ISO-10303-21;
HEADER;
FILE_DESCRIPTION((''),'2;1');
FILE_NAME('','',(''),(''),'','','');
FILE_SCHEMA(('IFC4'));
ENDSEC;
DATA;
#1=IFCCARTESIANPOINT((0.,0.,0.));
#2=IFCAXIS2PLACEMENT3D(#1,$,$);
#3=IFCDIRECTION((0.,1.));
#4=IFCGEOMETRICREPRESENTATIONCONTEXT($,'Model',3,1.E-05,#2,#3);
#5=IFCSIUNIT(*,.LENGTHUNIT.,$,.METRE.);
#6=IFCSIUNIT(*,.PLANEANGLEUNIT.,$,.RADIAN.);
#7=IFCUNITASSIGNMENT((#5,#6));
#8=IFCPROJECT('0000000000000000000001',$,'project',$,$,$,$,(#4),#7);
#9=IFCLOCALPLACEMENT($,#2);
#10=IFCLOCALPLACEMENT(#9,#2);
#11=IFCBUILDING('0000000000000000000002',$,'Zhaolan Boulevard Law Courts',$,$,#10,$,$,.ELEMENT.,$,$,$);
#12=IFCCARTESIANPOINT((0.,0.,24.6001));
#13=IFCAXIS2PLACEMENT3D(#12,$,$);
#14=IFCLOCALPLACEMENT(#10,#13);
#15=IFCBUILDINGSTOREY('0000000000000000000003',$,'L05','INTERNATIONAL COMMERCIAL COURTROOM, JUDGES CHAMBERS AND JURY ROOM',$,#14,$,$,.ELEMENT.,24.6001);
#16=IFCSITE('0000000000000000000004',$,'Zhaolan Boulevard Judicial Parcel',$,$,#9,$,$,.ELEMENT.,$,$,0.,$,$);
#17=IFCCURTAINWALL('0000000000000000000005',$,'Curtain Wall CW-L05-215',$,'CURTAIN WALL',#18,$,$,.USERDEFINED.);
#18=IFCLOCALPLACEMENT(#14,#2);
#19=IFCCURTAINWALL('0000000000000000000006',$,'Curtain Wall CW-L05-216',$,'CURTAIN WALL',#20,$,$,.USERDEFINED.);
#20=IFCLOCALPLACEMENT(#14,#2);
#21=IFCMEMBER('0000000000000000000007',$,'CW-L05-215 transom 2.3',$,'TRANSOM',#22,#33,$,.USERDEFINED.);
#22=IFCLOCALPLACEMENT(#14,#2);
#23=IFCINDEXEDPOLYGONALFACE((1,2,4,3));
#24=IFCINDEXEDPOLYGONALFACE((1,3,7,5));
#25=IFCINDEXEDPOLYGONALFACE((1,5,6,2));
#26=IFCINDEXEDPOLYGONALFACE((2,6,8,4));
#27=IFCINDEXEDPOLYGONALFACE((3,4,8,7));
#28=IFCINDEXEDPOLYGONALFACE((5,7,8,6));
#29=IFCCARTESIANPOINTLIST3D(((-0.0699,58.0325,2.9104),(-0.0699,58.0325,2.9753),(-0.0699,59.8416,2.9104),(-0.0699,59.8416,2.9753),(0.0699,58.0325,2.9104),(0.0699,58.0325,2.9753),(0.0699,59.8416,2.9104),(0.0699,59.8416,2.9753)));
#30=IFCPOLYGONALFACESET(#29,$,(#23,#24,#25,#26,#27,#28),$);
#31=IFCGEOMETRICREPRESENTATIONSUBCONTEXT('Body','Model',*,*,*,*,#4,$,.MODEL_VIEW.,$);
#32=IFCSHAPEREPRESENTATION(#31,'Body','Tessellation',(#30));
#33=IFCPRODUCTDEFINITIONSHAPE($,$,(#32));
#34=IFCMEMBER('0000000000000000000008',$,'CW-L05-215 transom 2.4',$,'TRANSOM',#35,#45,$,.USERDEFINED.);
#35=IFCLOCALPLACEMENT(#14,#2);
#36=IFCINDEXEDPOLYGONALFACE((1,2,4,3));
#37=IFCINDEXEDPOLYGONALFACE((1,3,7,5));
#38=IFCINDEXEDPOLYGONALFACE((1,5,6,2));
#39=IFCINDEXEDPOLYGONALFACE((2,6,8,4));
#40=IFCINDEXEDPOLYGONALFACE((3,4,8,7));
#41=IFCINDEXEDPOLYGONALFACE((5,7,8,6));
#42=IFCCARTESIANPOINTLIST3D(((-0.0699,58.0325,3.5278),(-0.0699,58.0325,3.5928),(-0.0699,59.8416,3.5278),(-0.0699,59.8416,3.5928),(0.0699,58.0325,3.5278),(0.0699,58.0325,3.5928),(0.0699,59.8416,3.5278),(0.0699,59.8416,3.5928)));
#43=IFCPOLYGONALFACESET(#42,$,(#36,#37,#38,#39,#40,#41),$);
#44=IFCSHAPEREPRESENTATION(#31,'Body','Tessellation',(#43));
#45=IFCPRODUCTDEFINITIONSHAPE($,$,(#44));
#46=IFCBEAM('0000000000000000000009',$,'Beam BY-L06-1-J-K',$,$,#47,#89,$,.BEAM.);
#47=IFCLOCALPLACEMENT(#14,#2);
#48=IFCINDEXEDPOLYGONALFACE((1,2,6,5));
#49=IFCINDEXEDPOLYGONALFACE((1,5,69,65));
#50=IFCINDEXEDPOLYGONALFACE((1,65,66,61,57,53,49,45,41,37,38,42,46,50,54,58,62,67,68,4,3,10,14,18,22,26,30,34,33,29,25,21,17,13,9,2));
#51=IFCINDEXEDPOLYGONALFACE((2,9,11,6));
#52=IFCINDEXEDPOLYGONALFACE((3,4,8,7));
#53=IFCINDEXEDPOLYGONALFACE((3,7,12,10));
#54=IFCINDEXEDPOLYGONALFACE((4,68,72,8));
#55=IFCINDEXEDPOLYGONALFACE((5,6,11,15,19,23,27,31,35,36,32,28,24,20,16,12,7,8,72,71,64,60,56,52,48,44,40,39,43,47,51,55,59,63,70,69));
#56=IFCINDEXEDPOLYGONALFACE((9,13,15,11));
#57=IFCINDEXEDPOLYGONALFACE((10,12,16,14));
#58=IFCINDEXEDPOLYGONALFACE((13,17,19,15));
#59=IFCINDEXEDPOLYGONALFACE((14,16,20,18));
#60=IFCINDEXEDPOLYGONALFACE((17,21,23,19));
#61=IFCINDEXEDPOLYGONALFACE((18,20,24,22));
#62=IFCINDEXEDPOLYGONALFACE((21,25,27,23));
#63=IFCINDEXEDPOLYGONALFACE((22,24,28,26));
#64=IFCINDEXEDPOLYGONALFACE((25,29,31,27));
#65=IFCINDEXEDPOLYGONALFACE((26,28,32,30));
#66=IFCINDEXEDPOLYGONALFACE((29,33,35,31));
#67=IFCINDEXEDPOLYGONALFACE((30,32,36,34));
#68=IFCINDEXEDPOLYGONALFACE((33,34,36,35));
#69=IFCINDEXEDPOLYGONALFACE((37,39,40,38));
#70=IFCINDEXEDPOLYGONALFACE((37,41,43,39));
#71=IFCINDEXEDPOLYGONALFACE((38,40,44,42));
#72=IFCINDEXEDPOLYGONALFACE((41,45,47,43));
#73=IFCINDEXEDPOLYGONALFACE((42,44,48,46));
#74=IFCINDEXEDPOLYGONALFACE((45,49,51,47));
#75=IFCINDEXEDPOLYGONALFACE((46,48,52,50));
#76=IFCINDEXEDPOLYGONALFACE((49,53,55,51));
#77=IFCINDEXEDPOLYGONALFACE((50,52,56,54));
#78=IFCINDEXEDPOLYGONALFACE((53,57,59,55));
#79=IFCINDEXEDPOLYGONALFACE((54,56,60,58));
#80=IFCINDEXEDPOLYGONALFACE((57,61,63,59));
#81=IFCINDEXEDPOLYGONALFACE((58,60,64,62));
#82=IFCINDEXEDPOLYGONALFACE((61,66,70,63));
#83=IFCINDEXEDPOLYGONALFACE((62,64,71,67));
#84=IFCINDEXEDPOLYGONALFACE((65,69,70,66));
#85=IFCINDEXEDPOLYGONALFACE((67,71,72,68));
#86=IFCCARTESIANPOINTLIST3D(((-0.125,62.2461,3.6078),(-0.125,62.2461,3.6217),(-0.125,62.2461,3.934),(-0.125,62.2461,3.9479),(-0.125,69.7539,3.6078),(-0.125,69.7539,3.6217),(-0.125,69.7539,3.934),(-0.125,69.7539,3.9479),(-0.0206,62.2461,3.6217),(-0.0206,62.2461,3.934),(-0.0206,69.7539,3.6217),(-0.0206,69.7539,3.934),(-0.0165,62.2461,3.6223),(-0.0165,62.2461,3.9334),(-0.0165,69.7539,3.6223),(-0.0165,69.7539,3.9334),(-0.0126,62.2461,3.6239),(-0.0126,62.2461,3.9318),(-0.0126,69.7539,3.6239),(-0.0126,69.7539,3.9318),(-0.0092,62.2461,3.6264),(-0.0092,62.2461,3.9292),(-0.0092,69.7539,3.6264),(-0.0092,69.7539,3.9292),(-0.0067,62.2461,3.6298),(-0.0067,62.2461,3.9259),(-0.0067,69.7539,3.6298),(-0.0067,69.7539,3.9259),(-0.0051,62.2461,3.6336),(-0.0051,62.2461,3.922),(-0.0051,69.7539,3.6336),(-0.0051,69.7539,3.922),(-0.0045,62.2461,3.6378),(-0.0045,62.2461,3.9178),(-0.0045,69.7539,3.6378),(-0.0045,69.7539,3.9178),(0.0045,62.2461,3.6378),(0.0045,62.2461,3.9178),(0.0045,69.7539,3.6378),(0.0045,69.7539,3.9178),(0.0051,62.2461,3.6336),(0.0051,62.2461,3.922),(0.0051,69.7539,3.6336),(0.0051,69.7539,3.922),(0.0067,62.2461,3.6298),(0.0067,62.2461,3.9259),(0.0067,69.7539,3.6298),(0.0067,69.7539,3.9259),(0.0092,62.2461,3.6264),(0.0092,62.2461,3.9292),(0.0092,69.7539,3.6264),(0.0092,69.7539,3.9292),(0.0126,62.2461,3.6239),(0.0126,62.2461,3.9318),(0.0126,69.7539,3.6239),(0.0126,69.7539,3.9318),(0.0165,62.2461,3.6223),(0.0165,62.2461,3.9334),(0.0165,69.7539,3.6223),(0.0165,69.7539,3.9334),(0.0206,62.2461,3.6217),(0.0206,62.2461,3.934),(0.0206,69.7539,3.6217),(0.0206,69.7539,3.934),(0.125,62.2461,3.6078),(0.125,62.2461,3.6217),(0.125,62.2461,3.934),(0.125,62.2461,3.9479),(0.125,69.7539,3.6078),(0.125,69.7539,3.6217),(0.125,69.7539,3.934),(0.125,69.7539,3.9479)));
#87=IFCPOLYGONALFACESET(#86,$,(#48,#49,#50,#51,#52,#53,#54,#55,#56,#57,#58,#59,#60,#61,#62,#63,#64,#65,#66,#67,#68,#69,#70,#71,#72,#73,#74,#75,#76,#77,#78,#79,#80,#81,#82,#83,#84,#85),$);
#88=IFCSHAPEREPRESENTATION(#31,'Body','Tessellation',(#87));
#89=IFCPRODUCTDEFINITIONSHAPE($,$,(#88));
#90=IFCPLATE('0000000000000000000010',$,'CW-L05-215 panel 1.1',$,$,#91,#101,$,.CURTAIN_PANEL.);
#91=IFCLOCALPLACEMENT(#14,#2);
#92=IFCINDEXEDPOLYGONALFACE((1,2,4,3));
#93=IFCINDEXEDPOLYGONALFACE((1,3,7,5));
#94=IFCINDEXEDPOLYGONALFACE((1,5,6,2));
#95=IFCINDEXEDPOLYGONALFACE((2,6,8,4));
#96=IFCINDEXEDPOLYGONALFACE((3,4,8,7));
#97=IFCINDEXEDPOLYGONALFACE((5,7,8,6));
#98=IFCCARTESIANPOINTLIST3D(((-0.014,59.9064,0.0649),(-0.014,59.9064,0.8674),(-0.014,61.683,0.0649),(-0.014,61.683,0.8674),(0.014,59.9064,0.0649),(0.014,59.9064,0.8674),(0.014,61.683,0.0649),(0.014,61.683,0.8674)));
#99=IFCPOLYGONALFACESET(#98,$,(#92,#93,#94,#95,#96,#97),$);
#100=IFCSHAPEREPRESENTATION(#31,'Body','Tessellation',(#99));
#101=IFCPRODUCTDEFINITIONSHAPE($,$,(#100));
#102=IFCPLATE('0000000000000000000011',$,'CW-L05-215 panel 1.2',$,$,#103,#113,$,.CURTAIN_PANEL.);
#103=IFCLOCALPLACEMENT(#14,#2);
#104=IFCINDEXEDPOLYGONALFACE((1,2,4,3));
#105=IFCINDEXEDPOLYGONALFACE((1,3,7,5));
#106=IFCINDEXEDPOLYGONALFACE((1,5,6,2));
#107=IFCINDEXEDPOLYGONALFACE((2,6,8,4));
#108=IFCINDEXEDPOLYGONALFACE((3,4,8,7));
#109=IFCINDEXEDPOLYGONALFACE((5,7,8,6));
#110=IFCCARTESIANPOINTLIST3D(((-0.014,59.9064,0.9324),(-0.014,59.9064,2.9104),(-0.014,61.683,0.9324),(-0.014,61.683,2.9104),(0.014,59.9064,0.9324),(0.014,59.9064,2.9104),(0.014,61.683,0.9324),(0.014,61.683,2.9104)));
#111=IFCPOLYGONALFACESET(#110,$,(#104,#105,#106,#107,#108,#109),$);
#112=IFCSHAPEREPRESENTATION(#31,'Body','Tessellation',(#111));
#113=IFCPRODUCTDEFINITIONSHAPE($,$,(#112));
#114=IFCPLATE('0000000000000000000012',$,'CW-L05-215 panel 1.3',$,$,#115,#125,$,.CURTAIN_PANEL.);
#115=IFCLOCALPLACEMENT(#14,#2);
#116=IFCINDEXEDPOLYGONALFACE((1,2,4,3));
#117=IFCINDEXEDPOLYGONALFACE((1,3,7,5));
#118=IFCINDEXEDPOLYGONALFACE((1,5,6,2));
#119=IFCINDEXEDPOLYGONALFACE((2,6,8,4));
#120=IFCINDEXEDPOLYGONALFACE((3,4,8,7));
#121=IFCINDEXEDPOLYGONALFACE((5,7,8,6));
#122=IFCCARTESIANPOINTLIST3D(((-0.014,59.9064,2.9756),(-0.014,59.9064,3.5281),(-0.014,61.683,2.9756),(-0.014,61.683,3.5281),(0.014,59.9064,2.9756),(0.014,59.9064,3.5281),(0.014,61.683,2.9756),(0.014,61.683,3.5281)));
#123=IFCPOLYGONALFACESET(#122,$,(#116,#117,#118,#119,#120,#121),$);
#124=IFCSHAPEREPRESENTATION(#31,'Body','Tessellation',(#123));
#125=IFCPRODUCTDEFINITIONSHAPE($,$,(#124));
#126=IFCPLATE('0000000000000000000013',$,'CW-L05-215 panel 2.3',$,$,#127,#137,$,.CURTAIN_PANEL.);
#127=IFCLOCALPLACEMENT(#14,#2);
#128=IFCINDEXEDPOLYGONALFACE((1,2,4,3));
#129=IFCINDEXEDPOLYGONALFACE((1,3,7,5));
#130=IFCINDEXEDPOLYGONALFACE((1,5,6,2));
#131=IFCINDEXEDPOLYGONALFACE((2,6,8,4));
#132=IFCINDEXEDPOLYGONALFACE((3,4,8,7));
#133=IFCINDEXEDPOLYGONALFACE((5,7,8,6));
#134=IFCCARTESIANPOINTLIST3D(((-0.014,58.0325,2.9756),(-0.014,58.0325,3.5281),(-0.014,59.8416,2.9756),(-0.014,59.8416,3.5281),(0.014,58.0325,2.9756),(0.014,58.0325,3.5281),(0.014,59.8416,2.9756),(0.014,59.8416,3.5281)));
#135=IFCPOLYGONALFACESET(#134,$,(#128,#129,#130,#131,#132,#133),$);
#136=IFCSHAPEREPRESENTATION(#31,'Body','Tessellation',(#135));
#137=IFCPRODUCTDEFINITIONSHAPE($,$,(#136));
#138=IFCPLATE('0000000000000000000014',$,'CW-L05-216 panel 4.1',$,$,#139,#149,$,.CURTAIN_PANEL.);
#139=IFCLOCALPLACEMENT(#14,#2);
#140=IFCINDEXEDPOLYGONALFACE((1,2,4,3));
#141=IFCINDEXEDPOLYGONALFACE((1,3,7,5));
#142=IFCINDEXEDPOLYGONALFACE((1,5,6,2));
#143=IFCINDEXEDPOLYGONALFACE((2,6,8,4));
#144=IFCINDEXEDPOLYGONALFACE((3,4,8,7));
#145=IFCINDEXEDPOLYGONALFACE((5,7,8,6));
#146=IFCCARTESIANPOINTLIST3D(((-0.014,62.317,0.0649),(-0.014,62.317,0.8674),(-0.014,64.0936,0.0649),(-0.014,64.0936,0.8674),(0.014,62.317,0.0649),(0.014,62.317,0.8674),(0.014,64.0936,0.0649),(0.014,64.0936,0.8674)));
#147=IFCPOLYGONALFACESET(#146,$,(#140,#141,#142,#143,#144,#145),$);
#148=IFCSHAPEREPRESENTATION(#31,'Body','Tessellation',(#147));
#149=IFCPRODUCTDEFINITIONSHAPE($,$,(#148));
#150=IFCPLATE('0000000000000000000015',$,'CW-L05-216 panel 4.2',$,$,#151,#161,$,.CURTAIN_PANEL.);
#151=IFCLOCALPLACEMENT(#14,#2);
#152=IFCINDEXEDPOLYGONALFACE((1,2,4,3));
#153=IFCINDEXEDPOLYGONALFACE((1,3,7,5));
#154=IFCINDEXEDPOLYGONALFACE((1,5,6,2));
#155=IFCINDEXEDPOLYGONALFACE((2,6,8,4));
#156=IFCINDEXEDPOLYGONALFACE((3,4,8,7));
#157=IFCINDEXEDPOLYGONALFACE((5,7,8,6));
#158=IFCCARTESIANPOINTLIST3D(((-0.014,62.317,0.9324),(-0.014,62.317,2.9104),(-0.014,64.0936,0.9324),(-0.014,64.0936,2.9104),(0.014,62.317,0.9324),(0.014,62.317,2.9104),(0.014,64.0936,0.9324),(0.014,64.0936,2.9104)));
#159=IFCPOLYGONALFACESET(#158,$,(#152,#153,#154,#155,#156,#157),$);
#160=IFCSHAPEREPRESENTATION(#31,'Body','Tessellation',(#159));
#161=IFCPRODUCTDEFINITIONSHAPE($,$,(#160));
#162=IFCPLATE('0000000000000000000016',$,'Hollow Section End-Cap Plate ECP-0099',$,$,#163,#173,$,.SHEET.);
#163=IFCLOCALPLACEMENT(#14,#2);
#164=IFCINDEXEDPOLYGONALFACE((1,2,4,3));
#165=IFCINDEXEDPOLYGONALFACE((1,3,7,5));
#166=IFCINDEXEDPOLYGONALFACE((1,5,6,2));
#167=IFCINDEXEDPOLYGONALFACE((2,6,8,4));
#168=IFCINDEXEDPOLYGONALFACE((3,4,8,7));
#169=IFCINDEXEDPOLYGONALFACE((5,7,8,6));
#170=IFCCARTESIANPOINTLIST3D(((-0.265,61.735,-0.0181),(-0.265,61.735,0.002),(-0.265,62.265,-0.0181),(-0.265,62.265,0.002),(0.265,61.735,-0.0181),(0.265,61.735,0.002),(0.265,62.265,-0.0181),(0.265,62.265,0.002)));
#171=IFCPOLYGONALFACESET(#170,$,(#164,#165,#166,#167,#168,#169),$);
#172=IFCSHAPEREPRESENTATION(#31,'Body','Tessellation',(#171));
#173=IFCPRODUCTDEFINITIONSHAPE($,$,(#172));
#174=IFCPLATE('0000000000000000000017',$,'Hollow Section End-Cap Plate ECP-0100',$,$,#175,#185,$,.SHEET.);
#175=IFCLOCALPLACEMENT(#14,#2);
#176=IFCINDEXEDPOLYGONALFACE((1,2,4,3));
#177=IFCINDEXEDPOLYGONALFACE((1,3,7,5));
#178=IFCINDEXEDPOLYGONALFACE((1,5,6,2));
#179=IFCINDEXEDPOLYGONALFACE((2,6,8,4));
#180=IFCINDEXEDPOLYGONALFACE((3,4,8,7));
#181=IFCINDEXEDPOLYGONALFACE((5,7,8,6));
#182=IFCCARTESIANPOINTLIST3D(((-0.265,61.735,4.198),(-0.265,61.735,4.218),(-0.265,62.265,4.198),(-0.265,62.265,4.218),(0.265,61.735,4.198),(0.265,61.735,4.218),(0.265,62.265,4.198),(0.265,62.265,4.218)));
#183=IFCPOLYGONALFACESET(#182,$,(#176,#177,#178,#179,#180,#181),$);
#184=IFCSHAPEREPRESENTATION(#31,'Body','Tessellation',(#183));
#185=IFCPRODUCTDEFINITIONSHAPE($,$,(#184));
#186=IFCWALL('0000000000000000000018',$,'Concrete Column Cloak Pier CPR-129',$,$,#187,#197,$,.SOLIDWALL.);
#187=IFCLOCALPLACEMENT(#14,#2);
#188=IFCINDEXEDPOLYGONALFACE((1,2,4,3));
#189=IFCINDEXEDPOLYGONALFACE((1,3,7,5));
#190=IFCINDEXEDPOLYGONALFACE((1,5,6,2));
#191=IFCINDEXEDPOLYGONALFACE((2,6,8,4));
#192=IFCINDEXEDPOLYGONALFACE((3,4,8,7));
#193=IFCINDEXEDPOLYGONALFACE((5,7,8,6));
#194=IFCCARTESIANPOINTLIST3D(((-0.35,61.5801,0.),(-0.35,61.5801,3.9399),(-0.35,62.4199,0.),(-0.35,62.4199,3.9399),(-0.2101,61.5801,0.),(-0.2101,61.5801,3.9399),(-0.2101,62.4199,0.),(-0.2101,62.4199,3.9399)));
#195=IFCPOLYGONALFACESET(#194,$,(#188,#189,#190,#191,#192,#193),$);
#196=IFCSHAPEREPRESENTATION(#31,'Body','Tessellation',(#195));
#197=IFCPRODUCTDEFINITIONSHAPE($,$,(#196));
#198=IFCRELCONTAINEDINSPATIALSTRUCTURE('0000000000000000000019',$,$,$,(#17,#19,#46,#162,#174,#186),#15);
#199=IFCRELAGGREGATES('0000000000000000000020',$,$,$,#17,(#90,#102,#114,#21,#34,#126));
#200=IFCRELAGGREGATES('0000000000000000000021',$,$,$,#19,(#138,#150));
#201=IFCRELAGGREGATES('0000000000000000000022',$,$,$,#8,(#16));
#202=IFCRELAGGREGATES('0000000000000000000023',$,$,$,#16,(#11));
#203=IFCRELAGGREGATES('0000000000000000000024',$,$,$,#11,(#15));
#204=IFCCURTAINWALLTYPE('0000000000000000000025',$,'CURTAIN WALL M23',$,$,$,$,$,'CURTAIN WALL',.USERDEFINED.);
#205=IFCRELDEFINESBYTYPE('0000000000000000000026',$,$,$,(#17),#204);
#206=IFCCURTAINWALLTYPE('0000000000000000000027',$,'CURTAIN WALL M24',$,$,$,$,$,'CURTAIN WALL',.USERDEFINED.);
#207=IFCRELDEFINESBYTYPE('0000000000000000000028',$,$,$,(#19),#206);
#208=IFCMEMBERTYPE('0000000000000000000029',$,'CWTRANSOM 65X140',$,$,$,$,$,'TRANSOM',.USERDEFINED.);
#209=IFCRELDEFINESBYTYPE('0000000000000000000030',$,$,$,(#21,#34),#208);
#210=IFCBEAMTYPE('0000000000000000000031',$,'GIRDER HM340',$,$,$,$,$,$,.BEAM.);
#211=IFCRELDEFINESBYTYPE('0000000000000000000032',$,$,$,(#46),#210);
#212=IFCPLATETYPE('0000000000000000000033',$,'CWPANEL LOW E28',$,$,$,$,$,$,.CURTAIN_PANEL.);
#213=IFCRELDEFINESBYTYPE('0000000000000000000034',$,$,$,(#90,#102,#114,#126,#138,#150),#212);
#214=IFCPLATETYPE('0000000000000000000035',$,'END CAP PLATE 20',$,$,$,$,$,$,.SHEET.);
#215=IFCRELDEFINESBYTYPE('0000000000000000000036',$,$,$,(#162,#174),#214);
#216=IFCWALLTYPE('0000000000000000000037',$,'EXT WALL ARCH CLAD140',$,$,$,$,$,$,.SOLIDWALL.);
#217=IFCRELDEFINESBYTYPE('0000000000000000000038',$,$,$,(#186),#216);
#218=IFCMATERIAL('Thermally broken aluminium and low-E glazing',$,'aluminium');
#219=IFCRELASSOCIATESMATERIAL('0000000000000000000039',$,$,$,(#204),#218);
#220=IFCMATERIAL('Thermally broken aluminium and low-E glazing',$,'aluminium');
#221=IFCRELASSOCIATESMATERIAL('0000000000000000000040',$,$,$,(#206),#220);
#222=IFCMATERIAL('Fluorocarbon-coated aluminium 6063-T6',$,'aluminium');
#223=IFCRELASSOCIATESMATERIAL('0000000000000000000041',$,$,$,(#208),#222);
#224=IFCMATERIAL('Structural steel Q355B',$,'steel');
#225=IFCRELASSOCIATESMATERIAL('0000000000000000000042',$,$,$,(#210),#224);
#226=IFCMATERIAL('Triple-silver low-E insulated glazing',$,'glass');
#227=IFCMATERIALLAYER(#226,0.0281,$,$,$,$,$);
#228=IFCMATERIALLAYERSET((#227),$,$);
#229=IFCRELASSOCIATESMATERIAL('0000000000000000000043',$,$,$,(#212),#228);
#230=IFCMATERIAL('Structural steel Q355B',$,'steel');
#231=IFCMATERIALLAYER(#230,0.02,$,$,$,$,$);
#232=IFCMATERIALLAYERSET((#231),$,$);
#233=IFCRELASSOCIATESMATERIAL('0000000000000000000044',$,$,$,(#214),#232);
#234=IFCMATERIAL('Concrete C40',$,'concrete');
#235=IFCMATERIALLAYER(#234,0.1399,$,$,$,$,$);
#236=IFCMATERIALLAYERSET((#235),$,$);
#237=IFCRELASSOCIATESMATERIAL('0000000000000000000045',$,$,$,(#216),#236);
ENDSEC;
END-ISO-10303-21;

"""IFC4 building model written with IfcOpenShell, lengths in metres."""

from ifc_helpers import new_model, si_unit, direction, frame, frame_2d, origin, origin_2d, place, context, subcontext, project, spatial, rectangle, i_section, extrude, material, layer, layer_set, material_profile, profile_set, type_object, element, aggregate, save


model = new_model("IFC4")

# Units and contexts
model_context = context("Model", 3, precision=1e-05, world=origin(), true_north=direction((0.0, 1.0)))
body_context = subcontext(model_context, "Body", "Model", "MODEL_VIEW")
ifc_project = project(units=[si_unit("LENGTHUNIT", "METRE"), si_unit("PLANEANGLEUNIT", "RADIAN")], contexts=[model_context])

# Site, building, storey
site_placement = place(None, origin())
site = spatial("IfcSite", under=ifc_project, at=site_placement, Name="Zhaolan Boulevard Judicial Parcel", CompositionType="ELEMENT", RefElevation=0.0)
building_placement = place(site_placement, origin())
building = spatial("IfcBuilding", under=site, at=building_placement, Name="Zhaolan Boulevard Law Courts", CompositionType="ELEMENT")
storey_placement = place(building_placement, frame((0.0, 0.0, 24.6001)))
storey = spatial("IfcBuildingStorey", under=building, at=storey_placement, Name="L05", Description="INTERNATIONAL COMMERCIAL COURTROOM, JUDGES CHAMBERS AND JURY ROOM", CompositionType="ELEMENT", Elevation=24.6001)

# Curtain wall
ifc_material_1 = material(Name="Thermally broken aluminium and low-E glazing", Category="aluminium")
curtain_wall_type_1 = type_object("IfcCurtainWallType", Name="CURTAIN WALL M23", ElementType="CURTAIN WALL", PredefinedType="USERDEFINED", material=ifc_material_1)
curtain_wall_1_placement = place(storey_placement, origin())
curtain_wall_1 = element("IfcCurtainWall", 1, at=curtain_wall_1_placement, inside=storey, type_object=curtain_wall_type_1, Name="Curtain Wall CW-L05-215", ObjectType="CURTAIN WALL", PredefinedType="USERDEFINED")

# Curtain wall
ifc_material_2 = material(Name="Thermally broken aluminium and low-E glazing", Category="aluminium")
curtain_wall_type_2 = type_object("IfcCurtainWallType", Name="CURTAIN WALL M24", ElementType="CURTAIN WALL", PredefinedType="USERDEFINED", material=ifc_material_2)
curtain_wall_2_placement = place(storey_placement, origin())
curtain_wall_2 = element("IfcCurtainWall", 2, at=curtain_wall_2_placement, inside=storey, type_object=curtain_wall_type_2, Name="Curtain Wall CW-L05-216", ObjectType="CURTAIN WALL", PredefinedType="USERDEFINED")

# Members
ifc_material_3 = material(Name="Fluorocarbon-coated aluminium 6063-T6", Category="aluminium")
ifc_material_profile_1 = material_profile(ifc_material_3, rectangle(XDim=0.1399, YDim=0.0649, at=origin_2d()), Name="AL65x140")
ifc_profile_set_1 = profile_set([ifc_material_profile_1], Name="Fluorocarbon-coated aluminium 6063-T6")
member_type_1 = type_object("IfcMemberType", Name="CWTRANSOM 65X140", ElementType="TRANSOM", PredefinedType="USERDEFINED", material=ifc_profile_set_1)
member_1_placement = place(storey_placement, frame((0.0, 59.8416, 2.9429), z_axis=(0.0, -1.0, 0.0), x_axis=(1.0, 0.0, 0.0)))
member_1 = element("IfcMember", 3, at=member_1_placement, type_object=member_type_1, Name="CW-L05-215 transom 2.3", ObjectType="TRANSOM", PredefinedType="USERDEFINED", context=body_context, shape_type="SweptSolid", body=[
    extrude(rectangle(XDim=0.1399, YDim=0.0649, at=origin_2d()), origin(), (0.0, 0.0, 1.0), 1.8091),
])
member_2_placement = place(storey_placement, frame((0.0, 59.8416, 3.5603), z_axis=(0.0, -1.0, 0.0), x_axis=(1.0, 0.0, 0.0)))
member_2 = element("IfcMember", 4, at=member_2_placement, type_object=member_type_1, Name="CW-L05-215 transom 2.4", ObjectType="TRANSOM", PredefinedType="USERDEFINED", context=body_context, shape_type="SweptSolid", body=[
    extrude(rectangle(XDim=0.1399, YDim=0.0649, at=origin_2d()), origin(), (0.0, 0.0, 1.0), 1.8091),
])

# Beam
ifc_material_4 = material(Name="Structural steel Q355B", Category="steel")
ifc_material_profile_2 = material_profile(ifc_material_4, i_section(OverallWidth=0.25, OverallDepth=0.3401, WebThickness=0.009, FlangeThickness=0.0139, FilletRadius=0.0161, at=origin_2d()), Name="HM340x250")
ifc_profile_set_2 = profile_set([ifc_material_profile_2], Name="Structural steel Q355B")
beam_type = type_object("IfcBeamType", Name="GIRDER HM340", PredefinedType="BEAM", material=ifc_profile_set_2)
beam_placement = place(storey_placement, frame((0.0, 62.2461, 3.7778), z_axis=(0.0, 1.0, 0.0), x_axis=(-1.0, 0.0, 0.0)))
element("IfcBeam", 5, at=beam_placement, inside=storey, type_object=beam_type, Name="Beam BY-L06-1-J-K", PredefinedType="BEAM", context=body_context, shape_type="SweptSolid", body=[
    extrude(i_section(OverallWidth=0.25, OverallDepth=0.3401, WebThickness=0.009, FlangeThickness=0.0139, FilletRadius=0.0161, at=origin_2d()), origin(), (0.0, 0.0, 1.0), 7.5078),
])

# Plates
ifc_material_5 = material(Name="Triple-silver low-E insulated glazing", Category="glass")
ifc_layer_1 = layer(ifc_material_5, 0.0281)
ifc_layer_set_1 = layer_set([ifc_layer_1])
plate_type_1 = type_object("IfcPlateType", Name="CWPANEL LOW E28", PredefinedType="CURTAIN_PANEL", material=ifc_layer_set_1)
plate_1_placement = place(storey_placement, frame((0.0, 60.7947, 0.0649), z_axis=(0.0, 0.0, 1.0), x_axis=(0.0, -1.0, 0.0)))
plate_1 = element("IfcPlate", 6, at=plate_1_placement, type_object=plate_type_1, Name="CW-L05-215 panel 1.1", PredefinedType="CURTAIN_PANEL", context=body_context, shape_type="SweptSolid", body=[
    extrude(rectangle(XDim=1.7766, YDim=0.0281, at=origin_2d()), origin(), (0.0, 0.0, 1.0), 0.8025),
])
plate_2_placement = place(storey_placement, frame((0.0, 60.7947, 0.9324), z_axis=(0.0, 0.0, 1.0), x_axis=(0.0, -1.0, 0.0)))
plate_2 = element("IfcPlate", 7, at=plate_2_placement, type_object=plate_type_1, Name="CW-L05-215 panel 1.2", PredefinedType="CURTAIN_PANEL", context=body_context, shape_type="SweptSolid", body=[
    extrude(rectangle(XDim=1.7766, YDim=0.0281, at=origin_2d()), origin(), (0.0, 0.0, 1.0), 1.978),
])
plate_3_placement = place(storey_placement, frame((0.0, 60.7947, 2.9756), z_axis=(0.0, 0.0, 1.0), x_axis=(0.0, -1.0, 0.0)))
plate_3 = element("IfcPlate", 8, at=plate_3_placement, type_object=plate_type_1, Name="CW-L05-215 panel 1.3", PredefinedType="CURTAIN_PANEL", context=body_context, shape_type="SweptSolid", body=[
    extrude(rectangle(XDim=1.7766, YDim=0.0281, at=origin_2d()), origin(), (0.0, 0.0, 1.0), 0.5525),
])
plate_4_placement = place(storey_placement, frame((0.0, 58.937, 2.9756), z_axis=(0.0, 0.0, 1.0), x_axis=(0.0, -1.0, 0.0)))
plate_4 = element("IfcPlate", 9, at=plate_4_placement, type_object=plate_type_1, Name="CW-L05-215 panel 2.3", PredefinedType="CURTAIN_PANEL", context=body_context, shape_type="SweptSolid", body=[
    extrude(rectangle(XDim=1.8091, YDim=0.0281, at=origin_2d()), origin(), (0.0, 0.0, 1.0), 0.5525),
])
aggregate(curtain_wall_1, [plate_1, plate_2, plate_3, member_1, member_2, plate_4])
plate_5_placement = place(storey_placement, frame((0.0, 63.2053, 0.0649), z_axis=(0.0, 0.0, 1.0), x_axis=(0.0, -1.0, 0.0)))
plate_5 = element("IfcPlate", 10, at=plate_5_placement, type_object=plate_type_1, Name="CW-L05-216 panel 4.1", PredefinedType="CURTAIN_PANEL", context=body_context, shape_type="SweptSolid", body=[
    extrude(rectangle(XDim=1.7766, YDim=0.0281, at=origin_2d()), origin(), (0.0, 0.0, 1.0), 0.8025),
])
plate_6_placement = place(storey_placement, frame((0.0, 63.2053, 0.9324), z_axis=(0.0, 0.0, 1.0), x_axis=(0.0, -1.0, 0.0)))
plate_6 = element("IfcPlate", 11, at=plate_6_placement, type_object=plate_type_1, Name="CW-L05-216 panel 4.2", PredefinedType="CURTAIN_PANEL", context=body_context, shape_type="SweptSolid", body=[
    extrude(rectangle(XDim=1.7766, YDim=0.0281, at=origin_2d()), origin(), (0.0, 0.0, 1.0), 1.978),
])
aggregate(curtain_wall_2, [plate_5, plate_6])

# Plates
ifc_material_6 = material(Name="Structural steel Q355B", Category="steel")
ifc_layer_2 = layer(ifc_material_6, 0.02)
ifc_layer_set_2 = layer_set([ifc_layer_2])
plate_type_2 = type_object("IfcPlateType", Name="END CAP PLATE 20", PredefinedType="SHEET", material=ifc_layer_set_2)
for number, where, z_axis, x_axis, name in (
    (12, (0.0, 62.0, -0.0181), (0.0, 0.0, 1.0), (1.0, 0.0, 0.0), "Hollow Section End-Cap Plate ECP-0099"),
    (13, (0.0, 62.0, 4.198), (0.0, 0.0, 1.0), (1.0, 0.0, 0.0), "Hollow Section End-Cap Plate ECP-0100"),
):
    element("IfcPlate", number, at=place(storey_placement, frame(where, z_axis=z_axis, x_axis=x_axis)), inside=storey, type_object=plate_type_2, Name=name, PredefinedType="SHEET", context=body_context, shape_type="SweptSolid", body=[
        extrude(rectangle(XDim=0.53, YDim=0.53, at=origin_2d()), origin(), (0.0, 0.0, 1.0), 0.02),
    ])

# Wall
ifc_material_7 = material(Name="Concrete C40", Category="concrete")
ifc_layer_3 = layer(ifc_material_7, 0.1399)
ifc_layer_set_3 = layer_set([ifc_layer_3])
wall_type = type_object("IfcWallType", Name="EXT WALL ARCH CLAD140", PredefinedType="SOLIDWALL", material=ifc_layer_set_3)
wall_placement = place(storey_placement, frame((-0.28, 61.5801, 0.0), z_axis=(0.0, 0.0, 1.0), x_axis=(0.0, 1.0, 0.0)))
element("IfcWall", 14, at=wall_placement, inside=storey, type_object=wall_type, Name="Concrete Column Cloak Pier CPR-129", PredefinedType="SOLIDWALL", context=body_context, shape_type="SweptSolid", body=[
    extrude(rectangle(XDim=0.8398, YDim=0.1399, at=frame_2d((0.4199, 0.0))), origin(), (0.0, 0.0, 1.0), 3.9399),
])

save(model, "model.ifc")
